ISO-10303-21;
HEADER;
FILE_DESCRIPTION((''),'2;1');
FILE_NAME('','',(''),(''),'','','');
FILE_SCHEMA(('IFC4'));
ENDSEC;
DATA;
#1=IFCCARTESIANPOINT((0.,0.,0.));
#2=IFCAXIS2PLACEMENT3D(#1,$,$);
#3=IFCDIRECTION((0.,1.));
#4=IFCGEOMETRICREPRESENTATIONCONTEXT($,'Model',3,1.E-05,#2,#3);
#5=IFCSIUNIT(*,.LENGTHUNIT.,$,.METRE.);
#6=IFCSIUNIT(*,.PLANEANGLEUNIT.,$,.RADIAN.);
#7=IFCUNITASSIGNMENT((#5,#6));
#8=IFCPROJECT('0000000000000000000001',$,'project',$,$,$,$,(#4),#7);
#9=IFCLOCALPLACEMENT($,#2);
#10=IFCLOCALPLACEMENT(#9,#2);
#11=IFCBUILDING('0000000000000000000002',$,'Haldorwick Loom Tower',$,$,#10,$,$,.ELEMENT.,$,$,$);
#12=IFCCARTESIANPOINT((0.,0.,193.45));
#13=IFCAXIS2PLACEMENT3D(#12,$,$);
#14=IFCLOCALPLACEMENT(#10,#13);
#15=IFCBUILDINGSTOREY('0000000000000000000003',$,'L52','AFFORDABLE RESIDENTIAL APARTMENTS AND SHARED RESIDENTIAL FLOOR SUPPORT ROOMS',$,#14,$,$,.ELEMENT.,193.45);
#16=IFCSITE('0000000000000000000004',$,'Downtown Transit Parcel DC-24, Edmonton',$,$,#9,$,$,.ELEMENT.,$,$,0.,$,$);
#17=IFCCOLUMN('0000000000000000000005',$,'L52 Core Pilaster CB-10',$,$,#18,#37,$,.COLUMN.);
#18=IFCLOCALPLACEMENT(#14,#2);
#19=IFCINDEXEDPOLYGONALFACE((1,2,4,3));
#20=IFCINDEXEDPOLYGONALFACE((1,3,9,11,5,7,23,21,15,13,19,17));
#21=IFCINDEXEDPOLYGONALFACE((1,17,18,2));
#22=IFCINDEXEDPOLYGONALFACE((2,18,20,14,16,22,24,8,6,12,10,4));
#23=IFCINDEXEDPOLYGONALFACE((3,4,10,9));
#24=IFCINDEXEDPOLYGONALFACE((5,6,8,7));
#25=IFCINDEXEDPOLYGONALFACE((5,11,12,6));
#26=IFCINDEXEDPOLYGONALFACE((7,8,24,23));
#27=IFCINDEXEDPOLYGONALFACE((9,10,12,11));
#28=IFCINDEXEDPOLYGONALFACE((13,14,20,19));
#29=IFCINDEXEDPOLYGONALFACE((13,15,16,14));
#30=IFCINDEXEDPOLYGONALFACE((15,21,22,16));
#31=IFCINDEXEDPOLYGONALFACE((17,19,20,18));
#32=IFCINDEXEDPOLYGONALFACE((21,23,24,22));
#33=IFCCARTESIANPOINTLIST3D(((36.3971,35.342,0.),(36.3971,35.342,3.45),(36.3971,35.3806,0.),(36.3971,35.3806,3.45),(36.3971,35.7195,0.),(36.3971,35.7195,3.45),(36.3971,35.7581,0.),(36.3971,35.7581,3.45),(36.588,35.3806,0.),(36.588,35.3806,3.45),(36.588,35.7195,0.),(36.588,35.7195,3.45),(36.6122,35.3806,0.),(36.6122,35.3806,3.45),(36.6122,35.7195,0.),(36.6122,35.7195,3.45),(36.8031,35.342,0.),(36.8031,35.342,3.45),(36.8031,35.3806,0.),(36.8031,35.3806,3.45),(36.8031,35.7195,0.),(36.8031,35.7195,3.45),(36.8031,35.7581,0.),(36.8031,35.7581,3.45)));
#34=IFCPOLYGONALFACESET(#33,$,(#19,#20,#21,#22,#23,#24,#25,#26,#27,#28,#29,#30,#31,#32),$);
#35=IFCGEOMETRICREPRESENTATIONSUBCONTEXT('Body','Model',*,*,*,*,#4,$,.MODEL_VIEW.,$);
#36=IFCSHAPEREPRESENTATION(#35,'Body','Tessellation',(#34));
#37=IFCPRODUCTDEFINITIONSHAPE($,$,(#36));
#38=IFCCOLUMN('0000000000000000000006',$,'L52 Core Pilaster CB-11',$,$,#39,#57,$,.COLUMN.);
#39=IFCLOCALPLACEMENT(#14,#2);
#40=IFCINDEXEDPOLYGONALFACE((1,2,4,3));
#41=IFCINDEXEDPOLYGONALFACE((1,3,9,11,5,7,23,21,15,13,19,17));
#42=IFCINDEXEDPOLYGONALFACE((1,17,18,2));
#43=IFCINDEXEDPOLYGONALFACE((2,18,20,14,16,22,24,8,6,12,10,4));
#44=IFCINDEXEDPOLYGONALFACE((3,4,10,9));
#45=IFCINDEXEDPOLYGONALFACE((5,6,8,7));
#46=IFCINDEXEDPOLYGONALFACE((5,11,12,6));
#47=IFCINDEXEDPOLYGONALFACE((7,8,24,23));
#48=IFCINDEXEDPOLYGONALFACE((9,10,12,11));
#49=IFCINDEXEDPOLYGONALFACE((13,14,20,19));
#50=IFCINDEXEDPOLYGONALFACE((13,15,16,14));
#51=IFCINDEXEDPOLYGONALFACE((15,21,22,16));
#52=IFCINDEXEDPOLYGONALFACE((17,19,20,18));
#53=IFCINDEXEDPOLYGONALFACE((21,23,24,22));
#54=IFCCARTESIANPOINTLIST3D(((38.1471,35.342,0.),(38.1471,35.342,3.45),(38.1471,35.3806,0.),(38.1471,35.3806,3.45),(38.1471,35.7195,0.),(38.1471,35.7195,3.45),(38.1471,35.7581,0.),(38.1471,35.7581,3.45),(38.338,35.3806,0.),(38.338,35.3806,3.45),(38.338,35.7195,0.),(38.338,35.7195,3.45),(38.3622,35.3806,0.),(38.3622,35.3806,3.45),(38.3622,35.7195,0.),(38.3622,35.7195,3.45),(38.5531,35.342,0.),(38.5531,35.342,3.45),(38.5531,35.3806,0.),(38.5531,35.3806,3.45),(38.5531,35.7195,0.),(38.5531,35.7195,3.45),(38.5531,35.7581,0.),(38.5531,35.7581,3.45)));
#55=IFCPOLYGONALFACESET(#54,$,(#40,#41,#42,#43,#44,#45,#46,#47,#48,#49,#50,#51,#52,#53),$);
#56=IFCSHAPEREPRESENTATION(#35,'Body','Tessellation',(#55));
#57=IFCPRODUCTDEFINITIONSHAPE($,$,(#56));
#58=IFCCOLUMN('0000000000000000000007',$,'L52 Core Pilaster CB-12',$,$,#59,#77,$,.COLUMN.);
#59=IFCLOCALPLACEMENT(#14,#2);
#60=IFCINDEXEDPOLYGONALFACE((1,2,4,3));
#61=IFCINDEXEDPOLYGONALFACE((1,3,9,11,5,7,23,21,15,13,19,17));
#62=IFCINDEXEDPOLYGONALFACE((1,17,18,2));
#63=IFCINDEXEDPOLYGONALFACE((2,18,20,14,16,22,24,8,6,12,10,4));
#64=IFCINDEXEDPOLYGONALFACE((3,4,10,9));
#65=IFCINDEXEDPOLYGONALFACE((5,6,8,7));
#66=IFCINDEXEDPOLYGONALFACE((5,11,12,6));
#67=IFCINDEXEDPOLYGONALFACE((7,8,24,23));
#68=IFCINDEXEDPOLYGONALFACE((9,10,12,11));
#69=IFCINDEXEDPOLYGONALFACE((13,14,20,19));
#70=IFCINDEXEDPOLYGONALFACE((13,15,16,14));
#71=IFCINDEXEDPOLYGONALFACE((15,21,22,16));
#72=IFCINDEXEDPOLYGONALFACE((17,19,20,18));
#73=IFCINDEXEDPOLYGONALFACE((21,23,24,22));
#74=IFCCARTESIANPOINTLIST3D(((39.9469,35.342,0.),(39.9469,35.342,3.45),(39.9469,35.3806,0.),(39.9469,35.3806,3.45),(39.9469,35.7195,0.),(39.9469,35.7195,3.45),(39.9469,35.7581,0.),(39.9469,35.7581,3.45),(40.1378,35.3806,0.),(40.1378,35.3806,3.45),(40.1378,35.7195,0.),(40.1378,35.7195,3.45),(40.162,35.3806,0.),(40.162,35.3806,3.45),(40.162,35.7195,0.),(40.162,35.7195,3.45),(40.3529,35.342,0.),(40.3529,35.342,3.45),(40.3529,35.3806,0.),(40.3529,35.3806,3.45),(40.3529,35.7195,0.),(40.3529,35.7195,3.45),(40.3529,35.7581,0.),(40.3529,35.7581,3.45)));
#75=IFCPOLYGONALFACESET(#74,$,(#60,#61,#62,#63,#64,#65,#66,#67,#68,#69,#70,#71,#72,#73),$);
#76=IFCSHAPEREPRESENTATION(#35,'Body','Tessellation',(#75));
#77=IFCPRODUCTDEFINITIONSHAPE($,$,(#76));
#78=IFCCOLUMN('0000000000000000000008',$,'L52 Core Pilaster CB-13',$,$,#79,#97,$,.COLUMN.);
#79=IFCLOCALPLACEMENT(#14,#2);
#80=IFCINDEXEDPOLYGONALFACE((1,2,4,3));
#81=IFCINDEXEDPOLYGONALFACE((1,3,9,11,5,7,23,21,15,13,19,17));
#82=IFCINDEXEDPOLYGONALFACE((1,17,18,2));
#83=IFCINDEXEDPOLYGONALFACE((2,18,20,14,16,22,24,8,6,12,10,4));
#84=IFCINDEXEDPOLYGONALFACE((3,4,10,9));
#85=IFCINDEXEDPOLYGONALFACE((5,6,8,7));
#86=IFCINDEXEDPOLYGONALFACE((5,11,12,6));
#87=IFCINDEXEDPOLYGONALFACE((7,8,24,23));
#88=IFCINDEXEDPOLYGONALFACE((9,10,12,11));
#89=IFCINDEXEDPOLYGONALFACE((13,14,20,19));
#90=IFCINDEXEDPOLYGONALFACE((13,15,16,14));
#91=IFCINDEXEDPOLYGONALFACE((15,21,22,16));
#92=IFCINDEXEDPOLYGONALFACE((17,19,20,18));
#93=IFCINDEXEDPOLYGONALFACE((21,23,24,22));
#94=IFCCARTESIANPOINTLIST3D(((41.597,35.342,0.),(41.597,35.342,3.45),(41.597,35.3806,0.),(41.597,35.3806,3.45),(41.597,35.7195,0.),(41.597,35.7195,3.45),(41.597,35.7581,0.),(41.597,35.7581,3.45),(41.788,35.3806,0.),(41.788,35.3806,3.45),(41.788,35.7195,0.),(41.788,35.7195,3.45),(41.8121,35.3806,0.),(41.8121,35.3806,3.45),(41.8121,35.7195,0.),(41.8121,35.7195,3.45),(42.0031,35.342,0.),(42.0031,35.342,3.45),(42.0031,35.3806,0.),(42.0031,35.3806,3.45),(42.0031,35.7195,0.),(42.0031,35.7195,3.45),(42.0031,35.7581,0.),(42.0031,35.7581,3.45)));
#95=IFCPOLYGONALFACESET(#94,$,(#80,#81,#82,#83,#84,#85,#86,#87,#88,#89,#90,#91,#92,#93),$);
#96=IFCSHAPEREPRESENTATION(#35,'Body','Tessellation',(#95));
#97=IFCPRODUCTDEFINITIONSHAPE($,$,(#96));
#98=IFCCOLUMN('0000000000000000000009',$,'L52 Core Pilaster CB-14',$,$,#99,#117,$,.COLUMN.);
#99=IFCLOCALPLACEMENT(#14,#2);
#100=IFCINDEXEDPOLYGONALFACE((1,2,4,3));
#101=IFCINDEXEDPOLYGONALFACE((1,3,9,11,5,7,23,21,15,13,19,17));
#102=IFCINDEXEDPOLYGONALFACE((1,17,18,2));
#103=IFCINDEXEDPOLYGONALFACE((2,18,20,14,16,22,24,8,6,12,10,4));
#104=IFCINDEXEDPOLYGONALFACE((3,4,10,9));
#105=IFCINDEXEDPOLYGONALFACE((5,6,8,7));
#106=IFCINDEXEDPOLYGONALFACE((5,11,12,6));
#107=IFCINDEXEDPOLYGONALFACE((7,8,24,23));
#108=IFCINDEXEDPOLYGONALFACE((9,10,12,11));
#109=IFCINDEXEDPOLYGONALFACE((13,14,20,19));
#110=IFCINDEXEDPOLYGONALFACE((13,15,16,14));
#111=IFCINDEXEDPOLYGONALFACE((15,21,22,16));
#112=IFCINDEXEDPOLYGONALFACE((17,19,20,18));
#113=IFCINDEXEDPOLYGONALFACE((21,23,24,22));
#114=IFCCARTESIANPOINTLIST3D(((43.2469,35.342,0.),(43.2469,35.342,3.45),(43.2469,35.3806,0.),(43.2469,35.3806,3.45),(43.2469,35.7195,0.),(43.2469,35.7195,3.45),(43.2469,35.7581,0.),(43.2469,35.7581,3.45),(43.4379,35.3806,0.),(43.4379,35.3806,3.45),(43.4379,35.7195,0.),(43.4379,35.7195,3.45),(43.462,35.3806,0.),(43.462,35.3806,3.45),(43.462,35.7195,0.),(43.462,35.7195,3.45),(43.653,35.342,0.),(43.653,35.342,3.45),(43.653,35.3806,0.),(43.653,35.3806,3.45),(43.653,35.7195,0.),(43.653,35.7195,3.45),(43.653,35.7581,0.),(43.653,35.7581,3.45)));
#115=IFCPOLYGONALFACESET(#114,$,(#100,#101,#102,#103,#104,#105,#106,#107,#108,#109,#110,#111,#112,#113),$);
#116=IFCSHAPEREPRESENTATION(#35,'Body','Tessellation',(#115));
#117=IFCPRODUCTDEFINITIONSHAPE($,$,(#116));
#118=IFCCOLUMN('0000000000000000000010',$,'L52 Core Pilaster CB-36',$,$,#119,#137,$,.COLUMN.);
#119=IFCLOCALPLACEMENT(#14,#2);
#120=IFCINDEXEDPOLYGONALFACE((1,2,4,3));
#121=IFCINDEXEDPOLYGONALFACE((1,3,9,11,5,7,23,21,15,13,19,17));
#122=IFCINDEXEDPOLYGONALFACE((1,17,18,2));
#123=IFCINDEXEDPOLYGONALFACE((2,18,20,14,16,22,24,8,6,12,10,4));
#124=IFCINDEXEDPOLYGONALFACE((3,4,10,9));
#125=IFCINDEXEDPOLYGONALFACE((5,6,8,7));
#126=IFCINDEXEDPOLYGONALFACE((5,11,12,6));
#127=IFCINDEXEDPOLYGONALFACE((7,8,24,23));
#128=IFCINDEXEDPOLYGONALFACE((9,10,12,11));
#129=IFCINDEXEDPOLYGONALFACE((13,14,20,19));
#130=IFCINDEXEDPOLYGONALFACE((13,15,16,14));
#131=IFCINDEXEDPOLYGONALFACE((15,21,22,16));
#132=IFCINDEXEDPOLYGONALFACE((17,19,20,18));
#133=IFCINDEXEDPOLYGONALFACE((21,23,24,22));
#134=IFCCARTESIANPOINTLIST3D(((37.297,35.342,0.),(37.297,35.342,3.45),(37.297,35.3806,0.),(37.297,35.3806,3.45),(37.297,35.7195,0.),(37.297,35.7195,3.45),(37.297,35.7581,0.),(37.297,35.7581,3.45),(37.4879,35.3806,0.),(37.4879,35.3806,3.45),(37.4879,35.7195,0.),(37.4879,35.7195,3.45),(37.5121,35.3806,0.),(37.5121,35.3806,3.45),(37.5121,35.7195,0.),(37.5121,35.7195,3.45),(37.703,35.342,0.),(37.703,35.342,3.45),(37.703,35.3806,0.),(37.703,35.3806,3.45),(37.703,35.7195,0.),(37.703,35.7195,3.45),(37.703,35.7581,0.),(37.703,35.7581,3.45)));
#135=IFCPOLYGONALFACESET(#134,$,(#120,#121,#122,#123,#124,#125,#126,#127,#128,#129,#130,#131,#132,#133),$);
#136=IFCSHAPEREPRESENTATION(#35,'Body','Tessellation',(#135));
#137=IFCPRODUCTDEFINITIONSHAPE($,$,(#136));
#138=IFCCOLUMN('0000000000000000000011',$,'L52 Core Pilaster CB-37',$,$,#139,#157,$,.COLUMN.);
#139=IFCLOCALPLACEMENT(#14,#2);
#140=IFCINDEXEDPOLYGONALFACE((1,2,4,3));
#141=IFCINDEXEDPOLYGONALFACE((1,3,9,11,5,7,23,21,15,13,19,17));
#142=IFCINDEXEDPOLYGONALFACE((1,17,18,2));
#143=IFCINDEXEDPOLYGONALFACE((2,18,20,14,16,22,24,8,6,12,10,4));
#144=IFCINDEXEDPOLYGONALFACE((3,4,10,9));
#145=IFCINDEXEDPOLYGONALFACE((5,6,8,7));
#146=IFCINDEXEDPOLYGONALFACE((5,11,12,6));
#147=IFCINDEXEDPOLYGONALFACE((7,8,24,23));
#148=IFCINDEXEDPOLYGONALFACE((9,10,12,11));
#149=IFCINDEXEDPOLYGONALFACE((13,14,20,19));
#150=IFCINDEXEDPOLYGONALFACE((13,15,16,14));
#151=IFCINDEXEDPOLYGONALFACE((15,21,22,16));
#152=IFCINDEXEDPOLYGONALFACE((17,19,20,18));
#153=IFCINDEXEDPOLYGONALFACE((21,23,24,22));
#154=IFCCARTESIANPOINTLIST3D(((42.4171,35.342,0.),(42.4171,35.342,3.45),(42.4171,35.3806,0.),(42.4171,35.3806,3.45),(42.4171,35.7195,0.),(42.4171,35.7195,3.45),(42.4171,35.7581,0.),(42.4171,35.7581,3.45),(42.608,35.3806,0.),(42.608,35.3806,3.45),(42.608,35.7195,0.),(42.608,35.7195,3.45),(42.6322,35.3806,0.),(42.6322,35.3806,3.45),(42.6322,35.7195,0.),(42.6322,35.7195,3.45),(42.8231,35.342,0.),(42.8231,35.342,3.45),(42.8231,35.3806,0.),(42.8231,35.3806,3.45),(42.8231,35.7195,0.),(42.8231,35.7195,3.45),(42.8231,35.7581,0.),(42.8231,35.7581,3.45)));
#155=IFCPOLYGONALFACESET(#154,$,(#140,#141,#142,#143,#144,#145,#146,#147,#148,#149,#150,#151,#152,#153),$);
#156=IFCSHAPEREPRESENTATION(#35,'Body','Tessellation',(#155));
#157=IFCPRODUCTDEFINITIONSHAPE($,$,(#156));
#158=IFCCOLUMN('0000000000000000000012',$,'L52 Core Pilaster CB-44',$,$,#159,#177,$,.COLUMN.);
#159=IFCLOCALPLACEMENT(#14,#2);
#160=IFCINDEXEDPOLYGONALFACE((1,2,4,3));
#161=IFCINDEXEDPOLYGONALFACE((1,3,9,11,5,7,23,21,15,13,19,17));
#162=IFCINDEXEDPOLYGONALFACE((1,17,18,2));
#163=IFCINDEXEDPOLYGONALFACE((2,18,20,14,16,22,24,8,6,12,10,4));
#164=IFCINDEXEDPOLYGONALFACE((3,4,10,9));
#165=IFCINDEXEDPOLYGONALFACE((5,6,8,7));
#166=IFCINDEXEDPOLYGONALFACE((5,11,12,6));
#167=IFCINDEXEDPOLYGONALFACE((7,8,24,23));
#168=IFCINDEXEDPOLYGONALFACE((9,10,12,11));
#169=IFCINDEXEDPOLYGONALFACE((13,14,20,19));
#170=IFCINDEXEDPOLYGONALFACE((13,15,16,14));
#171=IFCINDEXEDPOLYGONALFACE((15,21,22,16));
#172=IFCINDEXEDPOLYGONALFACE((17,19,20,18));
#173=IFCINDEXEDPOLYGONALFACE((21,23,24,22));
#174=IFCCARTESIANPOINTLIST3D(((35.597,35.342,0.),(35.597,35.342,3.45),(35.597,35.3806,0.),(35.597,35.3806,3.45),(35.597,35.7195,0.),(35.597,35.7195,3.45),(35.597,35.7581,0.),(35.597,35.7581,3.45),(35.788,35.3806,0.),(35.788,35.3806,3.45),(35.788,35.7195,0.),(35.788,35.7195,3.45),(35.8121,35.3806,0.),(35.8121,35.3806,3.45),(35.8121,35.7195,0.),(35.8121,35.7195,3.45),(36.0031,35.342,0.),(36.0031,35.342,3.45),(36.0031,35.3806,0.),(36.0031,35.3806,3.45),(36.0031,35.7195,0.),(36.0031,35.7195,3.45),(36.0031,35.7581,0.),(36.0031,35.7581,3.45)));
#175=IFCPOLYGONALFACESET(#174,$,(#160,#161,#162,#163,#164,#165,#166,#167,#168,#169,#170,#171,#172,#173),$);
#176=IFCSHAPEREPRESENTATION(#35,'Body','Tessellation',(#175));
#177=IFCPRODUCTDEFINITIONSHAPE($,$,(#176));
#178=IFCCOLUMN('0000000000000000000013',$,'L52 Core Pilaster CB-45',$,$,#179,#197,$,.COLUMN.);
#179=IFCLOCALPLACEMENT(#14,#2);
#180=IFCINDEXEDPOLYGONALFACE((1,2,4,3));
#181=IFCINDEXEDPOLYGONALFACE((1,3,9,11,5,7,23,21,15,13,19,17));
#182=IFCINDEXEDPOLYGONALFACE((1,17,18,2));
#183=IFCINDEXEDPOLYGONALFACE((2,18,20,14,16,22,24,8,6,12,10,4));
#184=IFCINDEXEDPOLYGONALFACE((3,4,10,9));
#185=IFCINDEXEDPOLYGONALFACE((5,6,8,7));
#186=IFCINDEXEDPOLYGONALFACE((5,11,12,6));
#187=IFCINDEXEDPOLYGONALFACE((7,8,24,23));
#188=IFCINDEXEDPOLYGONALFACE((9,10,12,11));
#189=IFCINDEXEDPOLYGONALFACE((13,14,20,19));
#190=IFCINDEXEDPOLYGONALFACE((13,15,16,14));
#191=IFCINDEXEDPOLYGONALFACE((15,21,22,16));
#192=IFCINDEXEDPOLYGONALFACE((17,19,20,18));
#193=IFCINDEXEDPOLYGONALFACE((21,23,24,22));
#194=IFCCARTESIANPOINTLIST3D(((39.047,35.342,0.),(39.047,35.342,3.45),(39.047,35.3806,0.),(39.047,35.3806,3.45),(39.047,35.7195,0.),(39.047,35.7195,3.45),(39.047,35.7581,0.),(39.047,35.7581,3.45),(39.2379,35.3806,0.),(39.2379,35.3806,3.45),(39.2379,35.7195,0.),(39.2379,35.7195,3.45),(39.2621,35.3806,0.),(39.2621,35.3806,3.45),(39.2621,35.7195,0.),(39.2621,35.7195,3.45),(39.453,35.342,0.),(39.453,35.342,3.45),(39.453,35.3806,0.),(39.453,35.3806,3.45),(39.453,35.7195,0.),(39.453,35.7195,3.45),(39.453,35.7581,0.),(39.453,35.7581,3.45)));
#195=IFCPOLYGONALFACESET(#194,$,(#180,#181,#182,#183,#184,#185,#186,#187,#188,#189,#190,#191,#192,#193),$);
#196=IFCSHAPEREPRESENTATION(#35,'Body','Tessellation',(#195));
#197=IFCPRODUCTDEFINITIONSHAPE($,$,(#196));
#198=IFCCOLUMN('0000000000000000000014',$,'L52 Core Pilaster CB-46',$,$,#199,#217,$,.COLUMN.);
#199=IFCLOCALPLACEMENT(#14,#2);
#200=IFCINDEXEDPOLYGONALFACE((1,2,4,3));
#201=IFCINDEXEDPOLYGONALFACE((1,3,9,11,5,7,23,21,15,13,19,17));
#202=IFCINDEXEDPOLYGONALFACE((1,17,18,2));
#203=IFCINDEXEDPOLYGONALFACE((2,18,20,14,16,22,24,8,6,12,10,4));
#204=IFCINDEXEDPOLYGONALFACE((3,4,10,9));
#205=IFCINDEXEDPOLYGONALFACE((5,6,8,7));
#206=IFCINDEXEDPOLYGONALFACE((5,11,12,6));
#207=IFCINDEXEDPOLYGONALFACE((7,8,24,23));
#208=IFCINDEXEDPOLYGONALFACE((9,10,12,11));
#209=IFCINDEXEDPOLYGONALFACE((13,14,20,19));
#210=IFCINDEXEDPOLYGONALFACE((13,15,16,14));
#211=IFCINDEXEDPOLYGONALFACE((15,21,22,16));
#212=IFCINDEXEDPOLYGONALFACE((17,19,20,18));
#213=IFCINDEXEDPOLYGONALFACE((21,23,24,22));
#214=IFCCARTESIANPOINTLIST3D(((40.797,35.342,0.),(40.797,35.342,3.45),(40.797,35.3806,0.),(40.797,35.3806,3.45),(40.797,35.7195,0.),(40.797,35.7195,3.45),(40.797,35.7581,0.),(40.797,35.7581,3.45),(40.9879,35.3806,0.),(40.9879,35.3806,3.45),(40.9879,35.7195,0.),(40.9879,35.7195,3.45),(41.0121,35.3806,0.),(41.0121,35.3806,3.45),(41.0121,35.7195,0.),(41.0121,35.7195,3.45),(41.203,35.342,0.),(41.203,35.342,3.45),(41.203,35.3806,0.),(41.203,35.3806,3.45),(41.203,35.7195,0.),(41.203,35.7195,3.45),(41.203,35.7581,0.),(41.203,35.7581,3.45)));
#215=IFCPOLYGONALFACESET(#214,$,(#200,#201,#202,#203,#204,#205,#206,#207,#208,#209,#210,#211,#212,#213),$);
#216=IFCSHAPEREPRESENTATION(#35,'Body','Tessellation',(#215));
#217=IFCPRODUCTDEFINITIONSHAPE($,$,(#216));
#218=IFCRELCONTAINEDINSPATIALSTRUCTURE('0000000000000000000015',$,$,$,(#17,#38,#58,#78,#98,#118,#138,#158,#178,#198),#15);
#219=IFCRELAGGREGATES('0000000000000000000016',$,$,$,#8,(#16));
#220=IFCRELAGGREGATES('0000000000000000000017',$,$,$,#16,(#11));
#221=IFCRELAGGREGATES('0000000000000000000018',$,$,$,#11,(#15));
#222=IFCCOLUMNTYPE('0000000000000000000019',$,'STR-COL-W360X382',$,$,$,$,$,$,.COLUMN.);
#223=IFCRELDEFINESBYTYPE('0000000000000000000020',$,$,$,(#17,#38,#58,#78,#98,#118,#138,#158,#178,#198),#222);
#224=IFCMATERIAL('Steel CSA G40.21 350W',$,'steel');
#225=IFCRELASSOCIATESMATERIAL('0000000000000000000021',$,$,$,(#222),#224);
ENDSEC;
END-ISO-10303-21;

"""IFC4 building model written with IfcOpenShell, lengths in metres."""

from ifc_helpers import new_model, si_unit, direction, frame, origin, origin_2d, place, context, subcontext, project, spatial, i_section, extrude, material, material_profile, profile_set, type_object, element, save


model = new_model("IFC4")

# Units and contexts
model_context = context("Model", 3, precision=1e-05, world=origin(), true_north=direction((0.0, 1.0)))
body_context = subcontext(model_context, "Body", "Model", "MODEL_VIEW")
ifc_project = project(units=[si_unit("LENGTHUNIT", "METRE"), si_unit("PLANEANGLEUNIT", "RADIAN")], contexts=[model_context])

# Site, building, storey
site_placement = place(None, origin())
site = spatial("IfcSite", under=ifc_project, at=site_placement, Name="Downtown Transit Parcel DC-24, Edmonton", CompositionType="ELEMENT", RefElevation=0.0)
building_placement = place(site_placement, origin())
building = spatial("IfcBuilding", under=site, at=building_placement, Name="Haldorwick Loom Tower", CompositionType="ELEMENT")
storey_placement = place(building_placement, frame((0.0, 0.0, 193.45)))
storey = spatial("IfcBuildingStorey", under=building, at=storey_placement, Name="L52", Description="AFFORDABLE RESIDENTIAL APARTMENTS AND SHARED RESIDENTIAL FLOOR SUPPORT ROOMS", CompositionType="ELEMENT", Elevation=193.45)

# Columns
ifc_material_1 = material(Name="Steel CSA G40.21 350W", Category="steel")
ifc_material_profile_1 = material_profile(ifc_material_1, i_section(OverallWidth=0.406, OverallDepth=0.416, WebThickness=0.0242, FlangeThickness=0.0386, at=origin_2d()), Name="W360X382", Category="steel")
ifc_profile_set_1 = profile_set([ifc_material_profile_1], Name="Steel CSA G40.21 350W")
column_type = type_object("IfcColumnType", Name="STR-COL-W360X382", PredefinedType="COLUMN", material=ifc_profile_set_1)
for number, where, z_axis, x_axis, name in (
    (1, (36.6001, 35.55, 0.0), (0.0, 0.0, 1.0), (1.0, 0.0, 0.0), "L52 Core Pilaster CB-10"),
    (2, (38.3501, 35.55, 0.0), (0.0, 0.0, 1.0), (1.0, 0.0, 0.0), "L52 Core Pilaster CB-11"),
    (3, (40.1499, 35.55, 0.0), (0.0, 0.0, 1.0), (1.0, 0.0, 0.0), "L52 Core Pilaster CB-12"),
    (4, (41.8, 35.55, 0.0), (0.0, 0.0, 1.0), (1.0, 0.0, 0.0), "L52 Core Pilaster CB-13"),
    (5, (43.45, 35.55, 0.0), (0.0, 0.0, 1.0), (1.0, 0.0, 0.0), "L52 Core Pilaster CB-14"),
    (6, (37.5, 35.55, 0.0), (0.0, 0.0, 1.0), (1.0, 0.0, 0.0), "L52 Core Pilaster CB-36"),
    (7, (42.6201, 35.55, 0.0), (0.0, 0.0, 1.0), (1.0, 0.0, 0.0), "L52 Core Pilaster CB-37"),
    (8, (35.8, 35.55, 0.0), (0.0, 0.0, 1.0), (1.0, 0.0, 0.0), "L52 Core Pilaster CB-44"),
    (9, (39.25, 35.55, 0.0), (0.0, 0.0, 1.0), (1.0, 0.0, 0.0), "L52 Core Pilaster CB-45"),
    (10, (41.0, 35.55, 0.0), (0.0, 0.0, 1.0), (1.0, 0.0, 0.0), "L52 Core Pilaster CB-46"),
):
    element("IfcColumn", number, at=place(storey_placement, frame(where, z_axis=z_axis, x_axis=x_axis)), inside=storey, type_object=column_type, Name=name, PredefinedType="COLUMN", context=body_context, shape_type="SweptSolid", body=[
        extrude(i_section(OverallWidth=0.406, OverallDepth=0.416, WebThickness=0.0242, FlangeThickness=0.0386, at=origin_2d()), origin(), (0.0, 0.0, 1.0), 3.45),
    ])

save(model, "model.ifc")
